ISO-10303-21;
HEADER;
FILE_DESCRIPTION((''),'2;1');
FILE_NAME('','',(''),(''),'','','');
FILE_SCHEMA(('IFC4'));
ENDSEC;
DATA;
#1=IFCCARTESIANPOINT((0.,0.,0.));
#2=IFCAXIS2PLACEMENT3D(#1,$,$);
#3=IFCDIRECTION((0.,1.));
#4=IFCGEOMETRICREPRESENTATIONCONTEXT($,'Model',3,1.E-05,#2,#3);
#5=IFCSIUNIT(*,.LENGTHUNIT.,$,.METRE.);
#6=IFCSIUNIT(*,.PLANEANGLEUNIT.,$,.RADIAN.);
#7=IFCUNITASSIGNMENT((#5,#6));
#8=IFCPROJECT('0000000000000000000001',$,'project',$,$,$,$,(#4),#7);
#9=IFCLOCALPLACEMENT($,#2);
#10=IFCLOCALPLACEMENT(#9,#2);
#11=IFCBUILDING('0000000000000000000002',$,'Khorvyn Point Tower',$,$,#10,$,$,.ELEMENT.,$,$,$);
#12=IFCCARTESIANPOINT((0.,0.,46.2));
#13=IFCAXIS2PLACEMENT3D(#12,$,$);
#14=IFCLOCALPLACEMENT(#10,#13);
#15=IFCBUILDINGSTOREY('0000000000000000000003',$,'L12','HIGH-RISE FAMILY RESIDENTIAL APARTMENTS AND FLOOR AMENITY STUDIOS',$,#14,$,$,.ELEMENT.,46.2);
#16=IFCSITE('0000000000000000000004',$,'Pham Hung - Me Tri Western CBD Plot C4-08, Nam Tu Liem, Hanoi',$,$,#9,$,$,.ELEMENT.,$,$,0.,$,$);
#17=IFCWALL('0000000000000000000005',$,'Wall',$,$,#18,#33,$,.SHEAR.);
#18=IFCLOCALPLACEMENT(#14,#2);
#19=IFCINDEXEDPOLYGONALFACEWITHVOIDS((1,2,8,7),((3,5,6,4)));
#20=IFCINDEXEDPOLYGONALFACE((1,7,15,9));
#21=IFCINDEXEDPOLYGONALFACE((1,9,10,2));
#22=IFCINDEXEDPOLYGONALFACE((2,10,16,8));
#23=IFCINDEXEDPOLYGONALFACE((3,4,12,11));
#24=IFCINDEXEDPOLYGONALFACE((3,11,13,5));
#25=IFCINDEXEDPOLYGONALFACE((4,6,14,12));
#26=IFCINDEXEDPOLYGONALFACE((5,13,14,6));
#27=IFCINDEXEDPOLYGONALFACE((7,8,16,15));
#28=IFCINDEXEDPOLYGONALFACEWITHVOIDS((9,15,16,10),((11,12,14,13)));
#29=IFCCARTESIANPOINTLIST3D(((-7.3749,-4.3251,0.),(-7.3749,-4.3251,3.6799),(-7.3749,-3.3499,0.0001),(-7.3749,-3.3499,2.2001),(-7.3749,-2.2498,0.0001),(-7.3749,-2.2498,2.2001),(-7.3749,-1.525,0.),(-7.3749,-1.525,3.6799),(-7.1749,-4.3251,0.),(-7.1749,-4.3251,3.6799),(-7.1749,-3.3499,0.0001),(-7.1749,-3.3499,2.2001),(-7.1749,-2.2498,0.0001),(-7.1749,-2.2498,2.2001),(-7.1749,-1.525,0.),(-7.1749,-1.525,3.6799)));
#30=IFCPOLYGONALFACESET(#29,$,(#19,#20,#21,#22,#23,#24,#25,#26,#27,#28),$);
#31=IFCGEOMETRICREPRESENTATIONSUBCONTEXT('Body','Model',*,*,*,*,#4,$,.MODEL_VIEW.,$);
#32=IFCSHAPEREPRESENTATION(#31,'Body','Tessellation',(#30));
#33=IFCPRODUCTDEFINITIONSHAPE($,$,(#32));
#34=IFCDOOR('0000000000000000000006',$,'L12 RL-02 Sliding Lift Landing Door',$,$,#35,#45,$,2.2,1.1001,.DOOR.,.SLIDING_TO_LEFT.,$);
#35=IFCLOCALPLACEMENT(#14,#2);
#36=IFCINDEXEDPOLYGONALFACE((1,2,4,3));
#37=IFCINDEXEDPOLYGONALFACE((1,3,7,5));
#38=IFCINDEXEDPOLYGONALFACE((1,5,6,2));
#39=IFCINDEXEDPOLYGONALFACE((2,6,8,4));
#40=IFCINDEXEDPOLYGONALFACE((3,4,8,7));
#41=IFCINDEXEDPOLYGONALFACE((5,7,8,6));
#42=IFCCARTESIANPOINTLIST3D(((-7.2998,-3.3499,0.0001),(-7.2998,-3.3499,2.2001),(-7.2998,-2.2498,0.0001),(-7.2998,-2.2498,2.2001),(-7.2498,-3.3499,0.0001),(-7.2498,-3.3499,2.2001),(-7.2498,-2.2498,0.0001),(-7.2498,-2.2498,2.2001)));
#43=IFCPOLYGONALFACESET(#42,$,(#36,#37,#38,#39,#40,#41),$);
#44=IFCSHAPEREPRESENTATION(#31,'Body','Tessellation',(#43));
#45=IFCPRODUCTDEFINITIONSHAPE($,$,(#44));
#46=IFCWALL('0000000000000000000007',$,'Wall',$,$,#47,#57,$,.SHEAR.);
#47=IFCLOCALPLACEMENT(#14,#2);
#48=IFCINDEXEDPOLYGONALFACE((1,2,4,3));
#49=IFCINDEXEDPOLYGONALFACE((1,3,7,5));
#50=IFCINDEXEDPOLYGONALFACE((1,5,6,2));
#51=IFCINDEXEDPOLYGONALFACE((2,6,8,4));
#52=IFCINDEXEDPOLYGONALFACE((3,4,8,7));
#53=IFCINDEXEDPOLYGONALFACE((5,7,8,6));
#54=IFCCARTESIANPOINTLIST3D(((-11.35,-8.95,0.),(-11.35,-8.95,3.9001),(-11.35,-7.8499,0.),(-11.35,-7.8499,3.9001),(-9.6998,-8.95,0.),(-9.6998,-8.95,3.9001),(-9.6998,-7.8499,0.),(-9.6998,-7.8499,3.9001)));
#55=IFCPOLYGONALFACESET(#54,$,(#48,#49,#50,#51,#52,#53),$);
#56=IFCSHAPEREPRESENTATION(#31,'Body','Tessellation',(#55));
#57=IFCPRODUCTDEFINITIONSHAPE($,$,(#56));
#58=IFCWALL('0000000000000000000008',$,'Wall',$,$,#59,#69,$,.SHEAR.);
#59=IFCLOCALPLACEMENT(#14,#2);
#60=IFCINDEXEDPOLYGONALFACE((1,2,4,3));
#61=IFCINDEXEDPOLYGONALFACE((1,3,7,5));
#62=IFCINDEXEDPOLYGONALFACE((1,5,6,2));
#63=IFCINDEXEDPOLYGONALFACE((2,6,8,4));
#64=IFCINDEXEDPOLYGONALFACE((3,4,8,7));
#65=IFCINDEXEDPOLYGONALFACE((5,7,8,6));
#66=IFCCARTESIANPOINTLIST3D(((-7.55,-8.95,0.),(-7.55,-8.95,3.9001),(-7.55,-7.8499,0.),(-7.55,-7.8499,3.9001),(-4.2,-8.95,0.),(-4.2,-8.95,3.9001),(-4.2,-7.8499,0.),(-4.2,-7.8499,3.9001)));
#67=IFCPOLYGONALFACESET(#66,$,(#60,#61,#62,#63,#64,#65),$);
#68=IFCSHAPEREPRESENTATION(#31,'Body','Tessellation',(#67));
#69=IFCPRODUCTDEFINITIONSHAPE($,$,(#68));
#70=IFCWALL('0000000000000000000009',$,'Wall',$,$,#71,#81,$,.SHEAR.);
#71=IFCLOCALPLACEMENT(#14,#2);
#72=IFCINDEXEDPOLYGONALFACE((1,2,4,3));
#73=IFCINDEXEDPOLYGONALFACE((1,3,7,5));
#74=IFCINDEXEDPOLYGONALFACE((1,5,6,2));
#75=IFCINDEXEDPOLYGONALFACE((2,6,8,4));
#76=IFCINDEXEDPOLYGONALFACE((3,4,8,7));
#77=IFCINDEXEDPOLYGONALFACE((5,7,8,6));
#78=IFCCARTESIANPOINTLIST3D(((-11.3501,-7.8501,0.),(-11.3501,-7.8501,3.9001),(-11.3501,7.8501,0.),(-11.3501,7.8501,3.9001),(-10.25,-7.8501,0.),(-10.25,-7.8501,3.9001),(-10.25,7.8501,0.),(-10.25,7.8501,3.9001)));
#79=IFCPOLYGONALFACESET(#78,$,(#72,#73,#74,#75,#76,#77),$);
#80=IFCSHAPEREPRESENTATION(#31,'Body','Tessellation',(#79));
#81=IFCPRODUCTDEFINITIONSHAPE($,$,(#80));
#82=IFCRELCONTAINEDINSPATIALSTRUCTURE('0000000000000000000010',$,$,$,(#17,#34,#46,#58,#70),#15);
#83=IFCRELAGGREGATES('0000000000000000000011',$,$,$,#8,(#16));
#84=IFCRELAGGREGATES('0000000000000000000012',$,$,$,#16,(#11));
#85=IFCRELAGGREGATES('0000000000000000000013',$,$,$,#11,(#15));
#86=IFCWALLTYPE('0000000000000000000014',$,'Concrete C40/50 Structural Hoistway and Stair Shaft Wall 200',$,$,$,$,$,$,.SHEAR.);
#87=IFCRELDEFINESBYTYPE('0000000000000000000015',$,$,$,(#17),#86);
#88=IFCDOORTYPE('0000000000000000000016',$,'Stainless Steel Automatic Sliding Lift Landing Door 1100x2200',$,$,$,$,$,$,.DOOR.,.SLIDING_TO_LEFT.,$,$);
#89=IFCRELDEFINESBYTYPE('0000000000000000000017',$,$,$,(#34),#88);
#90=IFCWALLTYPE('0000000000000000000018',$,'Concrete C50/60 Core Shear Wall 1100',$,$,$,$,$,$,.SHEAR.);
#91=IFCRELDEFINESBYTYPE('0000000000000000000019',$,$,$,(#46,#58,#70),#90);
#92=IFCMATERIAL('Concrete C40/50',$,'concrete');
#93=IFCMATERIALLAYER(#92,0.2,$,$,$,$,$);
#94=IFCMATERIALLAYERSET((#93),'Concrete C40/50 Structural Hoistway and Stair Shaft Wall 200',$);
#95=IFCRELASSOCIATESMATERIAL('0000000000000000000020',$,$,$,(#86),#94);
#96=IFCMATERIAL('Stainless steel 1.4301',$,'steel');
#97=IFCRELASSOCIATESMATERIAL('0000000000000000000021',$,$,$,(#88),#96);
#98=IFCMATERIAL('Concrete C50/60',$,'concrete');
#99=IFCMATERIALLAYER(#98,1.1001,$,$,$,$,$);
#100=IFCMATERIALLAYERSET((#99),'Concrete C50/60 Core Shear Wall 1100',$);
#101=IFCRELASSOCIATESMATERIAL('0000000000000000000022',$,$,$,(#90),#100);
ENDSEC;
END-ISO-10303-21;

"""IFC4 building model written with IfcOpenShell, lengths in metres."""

from ifc_helpers import new_model, si_unit, direction, frame, frame_2d, origin, place, context, subcontext, project, spatial, rectangle, extrude, material, layer, layer_set, type_object, element, fill, save


model = new_model("IFC4")

# Units and contexts
model_context = context("Model", 3, precision=1e-05, world=origin(), true_north=direction((0.0, 1.0)))
body_context = subcontext(model_context, "Body", "Model", "MODEL_VIEW")
ifc_project = project(units=[si_unit("LENGTHUNIT", "METRE"), si_unit("PLANEANGLEUNIT", "RADIAN")], contexts=[model_context])

# Site, building, storey
site_placement = place(None, origin())
site = spatial("IfcSite", under=ifc_project, at=site_placement, Name="Pham Hung - Me Tri Western CBD Plot C4-08, Nam Tu Liem, Hanoi", CompositionType="ELEMENT", RefElevation=0.0)
building_placement = place(site_placement, origin())
building = spatial("IfcBuilding", under=site, at=building_placement, Name="Khorvyn Point Tower", CompositionType="ELEMENT")
storey_placement = place(building_placement, frame((0.0, 0.0, 46.2)))
storey = spatial("IfcBuildingStorey", under=building, at=storey_placement, Name="L12", Description="HIGH-RISE FAMILY RESIDENTIAL APARTMENTS AND FLOOR AMENITY STUDIOS", CompositionType="ELEMENT", Elevation=46.2)

# Shared definitions
ifc_material_1 = material(Name="Concrete C50/60", Category="concrete")

# Shared definitions
ifc_material_2 = material(Name="Concrete C40/50", Category="concrete")
ifc_layer_1 = layer(ifc_material_2, 0.2)
ifc_layer_set_1 = layer_set([ifc_layer_1], Name="Concrete C40/50 Structural Hoistway and Stair Shaft Wall 200")
wall_type_1 = type_object("IfcWallType", Name="Concrete C40/50 Structural Hoistway and Stair Shaft Wall 200", PredefinedType="SHEAR", material=ifc_layer_set_1)
ifc_material_3 = material(Name="Stainless steel 1.4301", Category="steel")
door_type_1 = type_object("IfcDoorType", Name="Stainless Steel Automatic Sliding Lift Landing Door 1100x2200", OperationType="SLIDING_TO_LEFT", PredefinedType="DOOR", material=ifc_material_3)

# Wall, opening, door
wall_1_placement = place(storey_placement, frame((-7.2749, -4.325, 0.0), z_axis=(0.0, 0.0, 1.0), x_axis=(0.0, 1.0, 0.0)))
wall_1 = element("IfcWall", 1, at=wall_1_placement, inside=storey, type_object=wall_type_1, Name="Wall", PredefinedType="SHEAR", context=body_context, shape_type="SweptSolid", body=[
    extrude(rectangle(XDim=2.8, YDim=0.2, at=frame_2d((1.3999, 0.0))), origin(), (0.0, 0.0, 1.0), 3.6799),
])
opening_1_placement = place(wall_1_placement, frame((0.9751, 0.0, 0.0)))
opening_1 = element("IfcOpeningElement", 2, at=opening_1_placement, cuts=wall_1, PredefinedType="OPENING", context=body_context, shape_type="SweptSolid", body=[
    extrude(rectangle(XDim=1.1001, YDim=2.2, at=frame_2d((0.55, 1.1001))), frame((0.0, 0.1099, 0.0), z_axis=(0.0, -1.0, 0.0), x_axis=(1.0, 0.0, 0.0)), (0.0, 0.0, 1.0), 0.22),
])
door_1_placement = place(opening_1_placement, origin())
door_1 = element("IfcDoor", 3, at=door_1_placement, inside=storey, type_object=door_type_1, Name="L12 RL-02 Sliding Lift Landing Door", OperationType="SLIDING_TO_LEFT", OverallHeight=2.2, OverallWidth=1.1001, PredefinedType="DOOR", context=body_context, shape_type="SweptSolid", body=[
    extrude(rectangle(XDim=1.1001, YDim=2.2, at=frame_2d((0.55, 1.1001))), frame((0.0, 0.0249, 0.0), z_axis=(0.0, -1.0, 0.0), x_axis=(1.0, 0.0, 0.0)), (0.0, 0.0, 1.0), 0.05),
])
fill(opening_1, door_1)

# Walls
ifc_layer_2 = layer(ifc_material_1, 1.1001)
ifc_layer_set_2 = layer_set([ifc_layer_2], Name="Concrete C50/60 Core Shear Wall 1100")
wall_type_2 = type_object("IfcWallType", Name="Concrete C50/60 Core Shear Wall 1100", PredefinedType="SHEAR", material=ifc_layer_set_2)
wall_2_placement = place(storey_placement, frame((-11.3501, -8.3999, 0.0), z_axis=(0.0, 0.0, 1.0), x_axis=(1.0, 0.0, 0.0)))
element("IfcWall", 4, at=wall_2_placement, inside=storey, type_object=wall_type_2, Name="Wall", PredefinedType="SHEAR", context=body_context, shape_type="SweptSolid", body=[
    extrude(rectangle(XDim=1.6501, YDim=1.1001, at=frame_2d((0.8252, 0.0))), origin(), (0.0, 0.0, 1.0), 3.9001),
])
wall_3_placement = place(storey_placement, frame((-7.55, -8.3999, 0.0), z_axis=(0.0, 0.0, 1.0), x_axis=(1.0, 0.0, 0.0)))
element("IfcWall", 5, at=wall_3_placement, inside=storey, type_object=wall_type_2, Name="Wall", PredefinedType="SHEAR", context=body_context, shape_type="SweptSolid", body=[
    extrude(rectangle(XDim=3.3501, YDim=1.1001, at=frame_2d((1.675, 0.0))), origin(), (0.0, 0.0, 1.0), 3.9001),
])
wall_4_placement = place(storey_placement, frame((-10.8, -7.8501, 0.0), z_axis=(0.0, 0.0, 1.0), x_axis=(0.0, 1.0, 0.0)))
element("IfcWall", 6, at=wall_4_placement, inside=storey, type_object=wall_type_2, Name="Wall", PredefinedType="SHEAR", context=body_context, shape_type="SweptSolid", body=[
    extrude(rectangle(XDim=15.7002, YDim=1.1001, at=frame_2d((7.8501, 0.0))), origin(), (0.0, 0.0, 1.0), 3.9001),
])

save(model, "model.ifc")
